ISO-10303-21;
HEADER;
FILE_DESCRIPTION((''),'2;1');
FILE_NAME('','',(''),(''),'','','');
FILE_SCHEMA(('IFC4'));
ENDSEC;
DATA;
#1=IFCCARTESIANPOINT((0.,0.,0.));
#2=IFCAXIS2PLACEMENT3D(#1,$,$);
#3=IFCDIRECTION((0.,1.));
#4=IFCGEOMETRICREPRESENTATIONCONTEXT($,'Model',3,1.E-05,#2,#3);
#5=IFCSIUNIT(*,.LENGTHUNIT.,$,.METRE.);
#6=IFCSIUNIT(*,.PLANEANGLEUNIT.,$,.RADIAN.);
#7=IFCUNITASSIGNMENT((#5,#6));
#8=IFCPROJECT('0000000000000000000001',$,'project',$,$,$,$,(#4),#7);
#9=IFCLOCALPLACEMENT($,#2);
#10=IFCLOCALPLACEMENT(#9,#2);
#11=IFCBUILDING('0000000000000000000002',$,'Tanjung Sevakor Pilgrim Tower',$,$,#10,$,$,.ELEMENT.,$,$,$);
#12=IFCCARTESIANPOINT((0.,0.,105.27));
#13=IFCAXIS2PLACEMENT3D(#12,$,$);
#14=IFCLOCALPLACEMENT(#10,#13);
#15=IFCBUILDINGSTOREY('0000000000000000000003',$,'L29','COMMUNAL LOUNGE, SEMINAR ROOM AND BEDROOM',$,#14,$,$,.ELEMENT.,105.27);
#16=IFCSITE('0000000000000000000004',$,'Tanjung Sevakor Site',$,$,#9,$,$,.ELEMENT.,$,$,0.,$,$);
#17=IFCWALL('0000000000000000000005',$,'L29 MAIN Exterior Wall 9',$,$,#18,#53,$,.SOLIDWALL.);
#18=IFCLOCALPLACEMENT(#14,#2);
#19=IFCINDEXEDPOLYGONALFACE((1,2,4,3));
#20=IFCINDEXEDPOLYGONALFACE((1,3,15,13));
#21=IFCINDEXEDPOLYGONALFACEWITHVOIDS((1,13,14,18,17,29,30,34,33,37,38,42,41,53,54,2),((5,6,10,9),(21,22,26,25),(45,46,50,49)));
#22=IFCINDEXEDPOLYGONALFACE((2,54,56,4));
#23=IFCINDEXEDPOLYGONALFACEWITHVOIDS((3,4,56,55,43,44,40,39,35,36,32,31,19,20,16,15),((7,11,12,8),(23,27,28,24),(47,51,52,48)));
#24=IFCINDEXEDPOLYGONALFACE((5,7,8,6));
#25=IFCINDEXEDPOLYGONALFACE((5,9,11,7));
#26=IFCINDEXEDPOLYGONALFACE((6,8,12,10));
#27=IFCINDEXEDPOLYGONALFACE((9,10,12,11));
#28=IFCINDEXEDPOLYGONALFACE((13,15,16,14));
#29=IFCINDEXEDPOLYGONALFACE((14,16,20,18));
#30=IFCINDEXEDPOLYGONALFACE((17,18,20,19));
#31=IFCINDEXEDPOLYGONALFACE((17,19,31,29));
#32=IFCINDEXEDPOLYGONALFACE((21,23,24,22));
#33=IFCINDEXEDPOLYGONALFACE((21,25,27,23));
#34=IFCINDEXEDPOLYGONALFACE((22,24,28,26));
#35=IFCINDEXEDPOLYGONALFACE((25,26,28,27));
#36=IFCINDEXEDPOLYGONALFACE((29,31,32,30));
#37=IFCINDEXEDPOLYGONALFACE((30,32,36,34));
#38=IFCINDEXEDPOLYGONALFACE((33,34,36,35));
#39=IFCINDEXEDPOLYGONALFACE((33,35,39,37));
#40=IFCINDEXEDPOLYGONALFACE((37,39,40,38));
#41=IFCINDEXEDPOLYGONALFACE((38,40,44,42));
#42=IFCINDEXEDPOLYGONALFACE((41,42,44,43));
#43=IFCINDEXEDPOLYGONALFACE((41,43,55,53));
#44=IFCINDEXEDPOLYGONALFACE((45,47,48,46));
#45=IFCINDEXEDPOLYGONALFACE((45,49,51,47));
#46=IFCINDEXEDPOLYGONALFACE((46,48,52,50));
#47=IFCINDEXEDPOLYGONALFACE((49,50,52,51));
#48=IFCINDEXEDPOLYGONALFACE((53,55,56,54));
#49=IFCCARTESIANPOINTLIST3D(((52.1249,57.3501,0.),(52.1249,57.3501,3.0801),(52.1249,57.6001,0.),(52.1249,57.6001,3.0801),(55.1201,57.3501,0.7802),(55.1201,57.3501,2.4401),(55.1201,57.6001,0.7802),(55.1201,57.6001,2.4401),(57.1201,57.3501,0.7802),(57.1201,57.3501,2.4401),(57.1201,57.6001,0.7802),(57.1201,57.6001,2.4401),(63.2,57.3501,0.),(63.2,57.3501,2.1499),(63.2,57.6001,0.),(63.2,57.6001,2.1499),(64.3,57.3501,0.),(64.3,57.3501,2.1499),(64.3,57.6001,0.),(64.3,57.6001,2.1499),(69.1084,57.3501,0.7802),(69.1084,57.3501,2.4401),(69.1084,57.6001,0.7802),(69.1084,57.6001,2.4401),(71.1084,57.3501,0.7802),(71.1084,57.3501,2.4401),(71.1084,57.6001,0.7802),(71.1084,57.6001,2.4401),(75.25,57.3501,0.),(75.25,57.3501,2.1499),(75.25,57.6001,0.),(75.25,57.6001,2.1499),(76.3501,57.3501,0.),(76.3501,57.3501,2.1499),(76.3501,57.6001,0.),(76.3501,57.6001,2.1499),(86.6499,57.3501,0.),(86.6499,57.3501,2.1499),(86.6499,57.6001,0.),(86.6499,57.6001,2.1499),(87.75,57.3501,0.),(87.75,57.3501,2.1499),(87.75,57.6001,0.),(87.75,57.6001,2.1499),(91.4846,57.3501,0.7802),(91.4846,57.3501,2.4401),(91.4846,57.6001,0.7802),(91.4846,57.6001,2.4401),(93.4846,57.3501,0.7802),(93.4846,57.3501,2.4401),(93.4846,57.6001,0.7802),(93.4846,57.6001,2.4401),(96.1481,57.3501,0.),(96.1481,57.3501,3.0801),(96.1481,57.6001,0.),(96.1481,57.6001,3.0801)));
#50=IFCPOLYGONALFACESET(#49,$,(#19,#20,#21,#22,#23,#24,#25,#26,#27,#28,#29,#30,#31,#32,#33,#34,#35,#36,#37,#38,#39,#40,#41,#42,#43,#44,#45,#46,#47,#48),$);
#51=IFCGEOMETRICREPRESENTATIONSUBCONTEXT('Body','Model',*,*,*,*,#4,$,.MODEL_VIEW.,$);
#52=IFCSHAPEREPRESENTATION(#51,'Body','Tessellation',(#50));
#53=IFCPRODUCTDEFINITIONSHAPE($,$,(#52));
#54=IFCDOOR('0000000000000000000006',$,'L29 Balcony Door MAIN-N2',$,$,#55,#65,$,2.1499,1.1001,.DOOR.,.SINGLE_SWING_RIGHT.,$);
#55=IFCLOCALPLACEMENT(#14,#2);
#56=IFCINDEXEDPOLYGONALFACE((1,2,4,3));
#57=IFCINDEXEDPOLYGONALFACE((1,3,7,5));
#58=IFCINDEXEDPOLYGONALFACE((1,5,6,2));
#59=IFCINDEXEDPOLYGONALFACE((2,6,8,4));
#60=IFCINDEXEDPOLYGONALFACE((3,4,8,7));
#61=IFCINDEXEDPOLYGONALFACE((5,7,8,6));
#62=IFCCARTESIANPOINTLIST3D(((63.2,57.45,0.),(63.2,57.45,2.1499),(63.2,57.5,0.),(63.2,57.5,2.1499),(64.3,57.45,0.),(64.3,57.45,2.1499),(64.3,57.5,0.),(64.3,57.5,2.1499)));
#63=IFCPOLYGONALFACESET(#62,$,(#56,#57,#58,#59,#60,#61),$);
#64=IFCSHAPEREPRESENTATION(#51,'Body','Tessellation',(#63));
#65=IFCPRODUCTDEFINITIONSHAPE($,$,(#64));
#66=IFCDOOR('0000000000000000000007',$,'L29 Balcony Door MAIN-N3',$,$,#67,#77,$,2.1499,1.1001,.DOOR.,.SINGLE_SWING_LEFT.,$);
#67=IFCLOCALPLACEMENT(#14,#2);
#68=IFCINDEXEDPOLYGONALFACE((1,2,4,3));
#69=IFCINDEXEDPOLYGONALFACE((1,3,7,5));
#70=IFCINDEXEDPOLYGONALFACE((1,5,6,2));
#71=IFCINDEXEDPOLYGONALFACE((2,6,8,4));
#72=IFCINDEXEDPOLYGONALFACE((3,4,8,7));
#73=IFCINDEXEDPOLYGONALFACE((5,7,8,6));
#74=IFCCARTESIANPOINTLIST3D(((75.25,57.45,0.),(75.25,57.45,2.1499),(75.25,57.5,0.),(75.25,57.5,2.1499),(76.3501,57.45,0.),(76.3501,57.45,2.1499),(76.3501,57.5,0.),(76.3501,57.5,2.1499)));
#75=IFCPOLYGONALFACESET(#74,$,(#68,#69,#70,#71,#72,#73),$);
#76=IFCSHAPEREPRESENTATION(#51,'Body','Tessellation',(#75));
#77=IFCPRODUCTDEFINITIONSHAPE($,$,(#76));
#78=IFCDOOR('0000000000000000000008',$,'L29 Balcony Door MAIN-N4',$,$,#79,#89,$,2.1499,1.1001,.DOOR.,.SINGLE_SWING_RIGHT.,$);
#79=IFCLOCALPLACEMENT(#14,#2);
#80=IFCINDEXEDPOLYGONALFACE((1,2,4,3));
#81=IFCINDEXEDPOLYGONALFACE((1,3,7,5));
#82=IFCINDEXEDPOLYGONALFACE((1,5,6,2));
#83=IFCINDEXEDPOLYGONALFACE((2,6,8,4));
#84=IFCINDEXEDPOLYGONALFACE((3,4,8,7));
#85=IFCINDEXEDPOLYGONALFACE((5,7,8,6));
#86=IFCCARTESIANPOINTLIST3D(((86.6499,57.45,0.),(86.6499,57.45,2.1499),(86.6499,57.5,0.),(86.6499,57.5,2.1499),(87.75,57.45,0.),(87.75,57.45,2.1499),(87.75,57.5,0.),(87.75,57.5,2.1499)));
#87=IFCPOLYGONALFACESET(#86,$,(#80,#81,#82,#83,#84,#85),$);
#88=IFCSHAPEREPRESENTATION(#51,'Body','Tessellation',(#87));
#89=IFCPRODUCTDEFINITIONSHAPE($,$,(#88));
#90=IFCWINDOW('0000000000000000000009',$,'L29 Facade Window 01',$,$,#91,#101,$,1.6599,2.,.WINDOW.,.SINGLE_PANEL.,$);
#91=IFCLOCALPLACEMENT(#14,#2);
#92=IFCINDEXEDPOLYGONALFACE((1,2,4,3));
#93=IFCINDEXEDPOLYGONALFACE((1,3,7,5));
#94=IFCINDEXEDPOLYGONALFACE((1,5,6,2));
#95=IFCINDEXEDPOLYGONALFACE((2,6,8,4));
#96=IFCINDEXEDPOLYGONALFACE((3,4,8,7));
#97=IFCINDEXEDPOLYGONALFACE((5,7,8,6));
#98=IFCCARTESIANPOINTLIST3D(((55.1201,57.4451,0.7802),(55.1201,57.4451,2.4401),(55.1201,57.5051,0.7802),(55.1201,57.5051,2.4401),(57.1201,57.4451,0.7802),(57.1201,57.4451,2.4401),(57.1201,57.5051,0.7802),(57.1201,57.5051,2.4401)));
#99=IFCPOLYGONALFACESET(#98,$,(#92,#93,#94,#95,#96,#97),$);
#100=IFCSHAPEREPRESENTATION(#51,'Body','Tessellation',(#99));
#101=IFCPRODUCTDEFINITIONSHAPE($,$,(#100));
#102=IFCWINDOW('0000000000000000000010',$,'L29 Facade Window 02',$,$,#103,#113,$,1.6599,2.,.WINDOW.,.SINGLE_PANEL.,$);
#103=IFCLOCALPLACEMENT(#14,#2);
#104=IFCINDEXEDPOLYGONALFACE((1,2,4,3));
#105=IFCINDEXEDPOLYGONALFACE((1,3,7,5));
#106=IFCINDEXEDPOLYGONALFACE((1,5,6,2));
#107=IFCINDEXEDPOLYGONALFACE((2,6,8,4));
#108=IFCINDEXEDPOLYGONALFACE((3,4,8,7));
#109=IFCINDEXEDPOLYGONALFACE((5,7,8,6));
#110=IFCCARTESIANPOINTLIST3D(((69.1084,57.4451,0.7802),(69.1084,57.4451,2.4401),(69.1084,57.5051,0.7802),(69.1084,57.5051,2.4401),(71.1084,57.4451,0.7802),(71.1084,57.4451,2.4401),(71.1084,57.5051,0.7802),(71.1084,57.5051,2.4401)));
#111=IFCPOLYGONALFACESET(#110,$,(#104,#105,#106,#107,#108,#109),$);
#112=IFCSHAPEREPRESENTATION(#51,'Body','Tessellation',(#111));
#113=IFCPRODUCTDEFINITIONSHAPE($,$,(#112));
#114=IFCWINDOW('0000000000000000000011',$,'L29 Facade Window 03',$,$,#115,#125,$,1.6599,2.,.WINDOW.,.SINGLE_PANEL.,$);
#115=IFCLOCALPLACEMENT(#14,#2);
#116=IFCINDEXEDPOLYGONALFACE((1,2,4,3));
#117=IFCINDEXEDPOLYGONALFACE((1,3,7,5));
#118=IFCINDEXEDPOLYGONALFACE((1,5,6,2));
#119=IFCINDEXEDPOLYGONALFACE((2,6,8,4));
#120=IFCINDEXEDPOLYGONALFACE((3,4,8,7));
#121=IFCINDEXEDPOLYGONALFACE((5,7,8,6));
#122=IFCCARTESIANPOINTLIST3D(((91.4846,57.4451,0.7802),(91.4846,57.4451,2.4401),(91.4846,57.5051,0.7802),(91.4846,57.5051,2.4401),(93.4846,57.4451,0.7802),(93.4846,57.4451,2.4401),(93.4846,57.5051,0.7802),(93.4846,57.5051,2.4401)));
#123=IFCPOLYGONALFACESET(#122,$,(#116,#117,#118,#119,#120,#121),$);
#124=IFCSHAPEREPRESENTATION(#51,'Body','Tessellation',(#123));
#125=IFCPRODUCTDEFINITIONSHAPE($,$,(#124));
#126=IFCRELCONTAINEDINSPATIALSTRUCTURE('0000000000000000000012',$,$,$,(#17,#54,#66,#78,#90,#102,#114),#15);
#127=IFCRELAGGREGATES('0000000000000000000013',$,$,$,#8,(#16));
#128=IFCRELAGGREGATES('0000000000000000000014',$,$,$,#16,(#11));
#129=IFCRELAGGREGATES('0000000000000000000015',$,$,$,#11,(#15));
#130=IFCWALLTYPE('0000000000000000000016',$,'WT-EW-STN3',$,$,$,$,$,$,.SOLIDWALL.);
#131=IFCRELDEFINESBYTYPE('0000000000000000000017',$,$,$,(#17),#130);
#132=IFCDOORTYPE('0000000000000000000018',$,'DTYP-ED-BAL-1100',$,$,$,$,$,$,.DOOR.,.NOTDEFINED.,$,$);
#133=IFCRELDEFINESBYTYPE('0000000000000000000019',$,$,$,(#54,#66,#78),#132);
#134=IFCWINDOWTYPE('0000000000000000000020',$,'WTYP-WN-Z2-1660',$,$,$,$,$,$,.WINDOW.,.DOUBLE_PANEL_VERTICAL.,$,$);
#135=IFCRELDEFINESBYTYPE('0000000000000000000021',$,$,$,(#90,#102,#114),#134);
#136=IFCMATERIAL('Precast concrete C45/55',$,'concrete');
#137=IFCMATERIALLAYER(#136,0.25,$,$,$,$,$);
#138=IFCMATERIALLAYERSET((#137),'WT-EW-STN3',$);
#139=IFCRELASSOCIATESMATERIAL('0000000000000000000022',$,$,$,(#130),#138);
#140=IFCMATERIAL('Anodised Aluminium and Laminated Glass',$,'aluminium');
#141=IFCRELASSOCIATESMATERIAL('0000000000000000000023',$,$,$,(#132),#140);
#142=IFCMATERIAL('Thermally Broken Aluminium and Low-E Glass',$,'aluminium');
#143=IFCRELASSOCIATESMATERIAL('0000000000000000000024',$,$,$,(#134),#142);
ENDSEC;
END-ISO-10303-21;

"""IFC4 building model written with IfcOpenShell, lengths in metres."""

from ifc_helpers import new_model, si_unit, direction, frame, frame_2d, origin, place, context, subcontext, project, spatial, rectangle, extrude, material, layer, layer_set, type_object, element, fill, save


model = new_model("IFC4")

# Units and contexts
model_context = context("Model", 3, precision=1e-05, world=origin(), true_north=direction((0.0, 1.0)))
body_context = subcontext(model_context, "Body", "Model", "MODEL_VIEW")
ifc_project = project(units=[si_unit("LENGTHUNIT", "METRE"), si_unit("PLANEANGLEUNIT", "RADIAN")], contexts=[model_context])

# Site, building, storey
site_placement = place(None, origin())
site = spatial("IfcSite", under=ifc_project, at=site_placement, Name="Tanjung Sevakor Site", CompositionType="ELEMENT", RefElevation=0.0)
building_placement = place(site_placement, origin())
building = spatial("IfcBuilding", under=site, at=building_placement, Name="Tanjung Sevakor Pilgrim Tower", CompositionType="ELEMENT")
storey_placement = place(building_placement, frame((0.0, 0.0, 105.27)))
storey = spatial("IfcBuildingStorey", under=building, at=storey_placement, Name="L29", Description="COMMUNAL LOUNGE, SEMINAR ROOM AND BEDROOM", CompositionType="ELEMENT", Elevation=105.27)

# Shared definitions
ifc_material_1 = material(Name="Precast concrete C45/55", Category="concrete")
ifc_layer_1 = layer(ifc_material_1, 0.25)
ifc_layer_set_1 = layer_set([ifc_layer_1], Name="WT-EW-STN3")
wall_type_1 = type_object("IfcWallType", Name="WT-EW-STN3", PredefinedType="SOLIDWALL", material=ifc_layer_set_1)

# Wall, openings, doors, windows
wall_1_placement = place(storey_placement, frame((96.1482, 57.4751, 0.0), z_axis=(0.0, 0.0, 1.0), x_axis=(-1.0, 0.0, 0.0)))
wall_1 = element("IfcWall", 1, at=wall_1_placement, inside=storey, type_object=wall_type_1, Name="L29 MAIN Exterior Wall 9", PredefinedType="SOLIDWALL", context=body_context, shape_type="SweptSolid", body=[
    extrude(rectangle(XDim=44.0232, YDim=0.25, at=frame_2d((22.0117, 0.0))), origin(), (0.0, 0.0, 1.0), 3.0801),
])
opening_1_placement = place(wall_1_placement, frame((31.8481, 0.0, 0.0)))
opening_1 = element("IfcOpeningElement", 2, at=opening_1_placement, cuts=wall_1, PredefinedType="OPENING", context=body_context, shape_type="SweptSolid", body=[
    extrude(rectangle(XDim=1.1001, YDim=2.1499, at=frame_2d((0.55, 1.075))), frame((0.0, 0.135, 0.0), z_axis=(0.0, -1.0, 0.0), x_axis=(1.0, 0.0, 0.0)), (0.0, 0.0, 1.0), 0.27),
])
opening_2_placement = place(wall_1_placement, frame((19.7981, 0.0, 0.0)))
opening_2 = element("IfcOpeningElement", 3, at=opening_2_placement, cuts=wall_1, PredefinedType="OPENING", context=body_context, shape_type="SweptSolid", body=[
    extrude(rectangle(XDim=1.1001, YDim=2.1499, at=frame_2d((0.55, 1.075))), frame((0.0, 0.135, 0.0), z_axis=(0.0, -1.0, 0.0), x_axis=(1.0, 0.0, 0.0)), (0.0, 0.0, 1.0), 0.27),
])
opening_3_placement = place(wall_1_placement, frame((8.3982, 0.0, 0.0)))
opening_3 = element("IfcOpeningElement", 4, at=opening_3_placement, cuts=wall_1, PredefinedType="OPENING", context=body_context, shape_type="SweptSolid", body=[
    extrude(rectangle(XDim=1.1001, YDim=2.1499, at=frame_2d((0.55, 1.075))), frame((0.0, 0.135, 0.0), z_axis=(0.0, -1.0, 0.0), x_axis=(1.0, 0.0, 0.0)), (0.0, 0.0, 1.0), 0.27),
])
opening_4_placement = place(wall_1_placement, frame((39.0281, 0.0, 0.78)))
opening_4 = element("IfcOpeningElement", 5, at=opening_4_placement, cuts=wall_1, PredefinedType="OPENING", context=body_context, shape_type="SweptSolid", body=[
    extrude(rectangle(XDim=2.0, YDim=1.6599, at=frame_2d((1.0, 0.8301))), frame((0.0, 0.135, 0.0), z_axis=(0.0, -1.0, 0.0), x_axis=(1.0, 0.0, 0.0)), (0.0, 0.0, 1.0), 0.27),
])
opening_5_placement = place(wall_1_placement, frame((25.0398, 0.0, 0.78)))
opening_5 = element("IfcOpeningElement", 6, at=opening_5_placement, cuts=wall_1, PredefinedType="OPENING", context=body_context, shape_type="SweptSolid", body=[
    extrude(rectangle(XDim=2.0, YDim=1.6599, at=frame_2d((1.0, 0.8301))), frame((0.0, 0.135, 0.0), z_axis=(0.0, -1.0, 0.0), x_axis=(1.0, 0.0, 0.0)), (0.0, 0.0, 1.0), 0.27),
])
opening_6_placement = place(wall_1_placement, frame((2.6636, 0.0, 0.78)))
opening_6 = element("IfcOpeningElement", 7, at=opening_6_placement, cuts=wall_1, PredefinedType="OPENING", context=body_context, shape_type="SweptSolid", body=[
    extrude(rectangle(XDim=2.0, YDim=1.6599, at=frame_2d((1.0, 0.8301))), frame((0.0, 0.135, 0.0), z_axis=(0.0, -1.0, 0.0), x_axis=(1.0, 0.0, 0.0)), (0.0, 0.0, 1.0), 0.27),
])
ifc_material_2 = material(Name="Anodised Aluminium and Laminated Glass", Category="aluminium")
door_type_1 = type_object("IfcDoorType", Name="DTYP-ED-BAL-1100", OperationType="NOTDEFINED", PredefinedType="DOOR", material=ifc_material_2)
door_1_placement = place(opening_1_placement, frame((1.1001, 0.0, 0.0), z_axis=(0.0, 0.0, 1.0), x_axis=(-1.0, 0.0, 0.0)))
door_1 = element("IfcDoor", 8, at=door_1_placement, inside=storey, type_object=door_type_1, Name="L29 Balcony Door MAIN-N2", OperationType="SINGLE_SWING_RIGHT", OverallHeight=2.1499, OverallWidth=1.1001, PredefinedType="DOOR", context=body_context, shape_type="SweptSolid", body=[
    extrude(rectangle(XDim=1.1001, YDim=2.1499, at=frame_2d((0.55, 1.075))), frame((0.0, 0.0249, 0.0), z_axis=(0.0, -1.0, 0.0), x_axis=(1.0, 0.0, 0.0)), (0.0, 0.0, 1.0), 0.05),
])
fill(opening_1, door_1)
door_2_placement = place(opening_2_placement, frame((1.1001, 0.0, 0.0), z_axis=(0.0, 0.0, 1.0), x_axis=(-1.0, 0.0, 0.0)))
door_2 = element("IfcDoor", 9, at=door_2_placement, inside=storey, type_object=door_type_1, Name="L29 Balcony Door MAIN-N3", OperationType="SINGLE_SWING_LEFT", OverallHeight=2.1499, OverallWidth=1.1001, PredefinedType="DOOR", context=body_context, shape_type="SweptSolid", body=[
    extrude(rectangle(XDim=1.1001, YDim=2.1499, at=frame_2d((0.55, 1.075))), frame((0.0, 0.0249, 0.0), z_axis=(0.0, -1.0, 0.0), x_axis=(1.0, 0.0, 0.0)), (0.0, 0.0, 1.0), 0.05),
])
fill(opening_2, door_2)
door_3_placement = place(opening_3_placement, frame((1.1001, 0.0, 0.0), z_axis=(0.0, 0.0, 1.0), x_axis=(-1.0, 0.0, 0.0)))
door_3 = element("IfcDoor", 10, at=door_3_placement, inside=storey, type_object=door_type_1, Name="L29 Balcony Door MAIN-N4", OperationType="SINGLE_SWING_RIGHT", OverallHeight=2.1499, OverallWidth=1.1001, PredefinedType="DOOR", context=body_context, shape_type="SweptSolid", body=[
    extrude(rectangle(XDim=1.1001, YDim=2.1499, at=frame_2d((0.55, 1.075))), frame((0.0, 0.0249, 0.0), z_axis=(0.0, -1.0, 0.0), x_axis=(1.0, 0.0, 0.0)), (0.0, 0.0, 1.0), 0.05),
])
fill(opening_3, door_3)
ifc_material_3 = material(Name="Thermally Broken Aluminium and Low-E Glass", Category="aluminium")
window_type_1 = type_object("IfcWindowType", Name="WTYP-WN-Z2-1660", PartitioningType="DOUBLE_PANEL_VERTICAL", PredefinedType="WINDOW", material=ifc_material_3)
window_1_placement = place(opening_4_placement, origin())
window_1 = element("IfcWindow", 11, at=window_1_placement, inside=storey, type_object=window_type_1, Name="L29 Facade Window 01", OverallHeight=1.6599, OverallWidth=2.0, PartitioningType="SINGLE_PANEL", PredefinedType="WINDOW", context=body_context, shape_type="SweptSolid", body=[
    extrude(rectangle(XDim=2.0, YDim=1.6599, at=frame_2d((1.0, 0.8301))), frame((0.0, 0.03, 0.0), z_axis=(0.0, -1.0, 0.0), x_axis=(1.0, 0.0, 0.0)), (0.0, 0.0, 1.0), 0.0601),
])
fill(opening_4, window_1)
window_2_placement = place(opening_5_placement, origin())
window_2 = element("IfcWindow", 12, at=window_2_placement, inside=storey, type_object=window_type_1, Name="L29 Facade Window 02", OverallHeight=1.6599, OverallWidth=2.0, PartitioningType="SINGLE_PANEL", PredefinedType="WINDOW", context=body_context, shape_type="SweptSolid", body=[
    extrude(rectangle(XDim=2.0, YDim=1.6599, at=frame_2d((1.0, 0.8301))), frame((0.0, 0.03, 0.0), z_axis=(0.0, -1.0, 0.0), x_axis=(1.0, 0.0, 0.0)), (0.0, 0.0, 1.0), 0.0601),
])
fill(opening_5, window_2)
window_3_placement = place(opening_6_placement, origin())
window_3 = element("IfcWindow", 13, at=window_3_placement, inside=storey, type_object=window_type_1, Name="L29 Facade Window 03", OverallHeight=1.6599, OverallWidth=2.0, PartitioningType="SINGLE_PANEL", PredefinedType="WINDOW", context=body_context, shape_type="SweptSolid", body=[
    extrude(rectangle(XDim=2.0, YDim=1.6599, at=frame_2d((1.0, 0.8301))), frame((0.0, 0.03, 0.0), z_axis=(0.0, -1.0, 0.0), x_axis=(1.0, 0.0, 0.0)), (0.0, 0.0, 1.0), 0.0601),
])
fill(opening_6, window_3)

save(model, "model.ifc")
